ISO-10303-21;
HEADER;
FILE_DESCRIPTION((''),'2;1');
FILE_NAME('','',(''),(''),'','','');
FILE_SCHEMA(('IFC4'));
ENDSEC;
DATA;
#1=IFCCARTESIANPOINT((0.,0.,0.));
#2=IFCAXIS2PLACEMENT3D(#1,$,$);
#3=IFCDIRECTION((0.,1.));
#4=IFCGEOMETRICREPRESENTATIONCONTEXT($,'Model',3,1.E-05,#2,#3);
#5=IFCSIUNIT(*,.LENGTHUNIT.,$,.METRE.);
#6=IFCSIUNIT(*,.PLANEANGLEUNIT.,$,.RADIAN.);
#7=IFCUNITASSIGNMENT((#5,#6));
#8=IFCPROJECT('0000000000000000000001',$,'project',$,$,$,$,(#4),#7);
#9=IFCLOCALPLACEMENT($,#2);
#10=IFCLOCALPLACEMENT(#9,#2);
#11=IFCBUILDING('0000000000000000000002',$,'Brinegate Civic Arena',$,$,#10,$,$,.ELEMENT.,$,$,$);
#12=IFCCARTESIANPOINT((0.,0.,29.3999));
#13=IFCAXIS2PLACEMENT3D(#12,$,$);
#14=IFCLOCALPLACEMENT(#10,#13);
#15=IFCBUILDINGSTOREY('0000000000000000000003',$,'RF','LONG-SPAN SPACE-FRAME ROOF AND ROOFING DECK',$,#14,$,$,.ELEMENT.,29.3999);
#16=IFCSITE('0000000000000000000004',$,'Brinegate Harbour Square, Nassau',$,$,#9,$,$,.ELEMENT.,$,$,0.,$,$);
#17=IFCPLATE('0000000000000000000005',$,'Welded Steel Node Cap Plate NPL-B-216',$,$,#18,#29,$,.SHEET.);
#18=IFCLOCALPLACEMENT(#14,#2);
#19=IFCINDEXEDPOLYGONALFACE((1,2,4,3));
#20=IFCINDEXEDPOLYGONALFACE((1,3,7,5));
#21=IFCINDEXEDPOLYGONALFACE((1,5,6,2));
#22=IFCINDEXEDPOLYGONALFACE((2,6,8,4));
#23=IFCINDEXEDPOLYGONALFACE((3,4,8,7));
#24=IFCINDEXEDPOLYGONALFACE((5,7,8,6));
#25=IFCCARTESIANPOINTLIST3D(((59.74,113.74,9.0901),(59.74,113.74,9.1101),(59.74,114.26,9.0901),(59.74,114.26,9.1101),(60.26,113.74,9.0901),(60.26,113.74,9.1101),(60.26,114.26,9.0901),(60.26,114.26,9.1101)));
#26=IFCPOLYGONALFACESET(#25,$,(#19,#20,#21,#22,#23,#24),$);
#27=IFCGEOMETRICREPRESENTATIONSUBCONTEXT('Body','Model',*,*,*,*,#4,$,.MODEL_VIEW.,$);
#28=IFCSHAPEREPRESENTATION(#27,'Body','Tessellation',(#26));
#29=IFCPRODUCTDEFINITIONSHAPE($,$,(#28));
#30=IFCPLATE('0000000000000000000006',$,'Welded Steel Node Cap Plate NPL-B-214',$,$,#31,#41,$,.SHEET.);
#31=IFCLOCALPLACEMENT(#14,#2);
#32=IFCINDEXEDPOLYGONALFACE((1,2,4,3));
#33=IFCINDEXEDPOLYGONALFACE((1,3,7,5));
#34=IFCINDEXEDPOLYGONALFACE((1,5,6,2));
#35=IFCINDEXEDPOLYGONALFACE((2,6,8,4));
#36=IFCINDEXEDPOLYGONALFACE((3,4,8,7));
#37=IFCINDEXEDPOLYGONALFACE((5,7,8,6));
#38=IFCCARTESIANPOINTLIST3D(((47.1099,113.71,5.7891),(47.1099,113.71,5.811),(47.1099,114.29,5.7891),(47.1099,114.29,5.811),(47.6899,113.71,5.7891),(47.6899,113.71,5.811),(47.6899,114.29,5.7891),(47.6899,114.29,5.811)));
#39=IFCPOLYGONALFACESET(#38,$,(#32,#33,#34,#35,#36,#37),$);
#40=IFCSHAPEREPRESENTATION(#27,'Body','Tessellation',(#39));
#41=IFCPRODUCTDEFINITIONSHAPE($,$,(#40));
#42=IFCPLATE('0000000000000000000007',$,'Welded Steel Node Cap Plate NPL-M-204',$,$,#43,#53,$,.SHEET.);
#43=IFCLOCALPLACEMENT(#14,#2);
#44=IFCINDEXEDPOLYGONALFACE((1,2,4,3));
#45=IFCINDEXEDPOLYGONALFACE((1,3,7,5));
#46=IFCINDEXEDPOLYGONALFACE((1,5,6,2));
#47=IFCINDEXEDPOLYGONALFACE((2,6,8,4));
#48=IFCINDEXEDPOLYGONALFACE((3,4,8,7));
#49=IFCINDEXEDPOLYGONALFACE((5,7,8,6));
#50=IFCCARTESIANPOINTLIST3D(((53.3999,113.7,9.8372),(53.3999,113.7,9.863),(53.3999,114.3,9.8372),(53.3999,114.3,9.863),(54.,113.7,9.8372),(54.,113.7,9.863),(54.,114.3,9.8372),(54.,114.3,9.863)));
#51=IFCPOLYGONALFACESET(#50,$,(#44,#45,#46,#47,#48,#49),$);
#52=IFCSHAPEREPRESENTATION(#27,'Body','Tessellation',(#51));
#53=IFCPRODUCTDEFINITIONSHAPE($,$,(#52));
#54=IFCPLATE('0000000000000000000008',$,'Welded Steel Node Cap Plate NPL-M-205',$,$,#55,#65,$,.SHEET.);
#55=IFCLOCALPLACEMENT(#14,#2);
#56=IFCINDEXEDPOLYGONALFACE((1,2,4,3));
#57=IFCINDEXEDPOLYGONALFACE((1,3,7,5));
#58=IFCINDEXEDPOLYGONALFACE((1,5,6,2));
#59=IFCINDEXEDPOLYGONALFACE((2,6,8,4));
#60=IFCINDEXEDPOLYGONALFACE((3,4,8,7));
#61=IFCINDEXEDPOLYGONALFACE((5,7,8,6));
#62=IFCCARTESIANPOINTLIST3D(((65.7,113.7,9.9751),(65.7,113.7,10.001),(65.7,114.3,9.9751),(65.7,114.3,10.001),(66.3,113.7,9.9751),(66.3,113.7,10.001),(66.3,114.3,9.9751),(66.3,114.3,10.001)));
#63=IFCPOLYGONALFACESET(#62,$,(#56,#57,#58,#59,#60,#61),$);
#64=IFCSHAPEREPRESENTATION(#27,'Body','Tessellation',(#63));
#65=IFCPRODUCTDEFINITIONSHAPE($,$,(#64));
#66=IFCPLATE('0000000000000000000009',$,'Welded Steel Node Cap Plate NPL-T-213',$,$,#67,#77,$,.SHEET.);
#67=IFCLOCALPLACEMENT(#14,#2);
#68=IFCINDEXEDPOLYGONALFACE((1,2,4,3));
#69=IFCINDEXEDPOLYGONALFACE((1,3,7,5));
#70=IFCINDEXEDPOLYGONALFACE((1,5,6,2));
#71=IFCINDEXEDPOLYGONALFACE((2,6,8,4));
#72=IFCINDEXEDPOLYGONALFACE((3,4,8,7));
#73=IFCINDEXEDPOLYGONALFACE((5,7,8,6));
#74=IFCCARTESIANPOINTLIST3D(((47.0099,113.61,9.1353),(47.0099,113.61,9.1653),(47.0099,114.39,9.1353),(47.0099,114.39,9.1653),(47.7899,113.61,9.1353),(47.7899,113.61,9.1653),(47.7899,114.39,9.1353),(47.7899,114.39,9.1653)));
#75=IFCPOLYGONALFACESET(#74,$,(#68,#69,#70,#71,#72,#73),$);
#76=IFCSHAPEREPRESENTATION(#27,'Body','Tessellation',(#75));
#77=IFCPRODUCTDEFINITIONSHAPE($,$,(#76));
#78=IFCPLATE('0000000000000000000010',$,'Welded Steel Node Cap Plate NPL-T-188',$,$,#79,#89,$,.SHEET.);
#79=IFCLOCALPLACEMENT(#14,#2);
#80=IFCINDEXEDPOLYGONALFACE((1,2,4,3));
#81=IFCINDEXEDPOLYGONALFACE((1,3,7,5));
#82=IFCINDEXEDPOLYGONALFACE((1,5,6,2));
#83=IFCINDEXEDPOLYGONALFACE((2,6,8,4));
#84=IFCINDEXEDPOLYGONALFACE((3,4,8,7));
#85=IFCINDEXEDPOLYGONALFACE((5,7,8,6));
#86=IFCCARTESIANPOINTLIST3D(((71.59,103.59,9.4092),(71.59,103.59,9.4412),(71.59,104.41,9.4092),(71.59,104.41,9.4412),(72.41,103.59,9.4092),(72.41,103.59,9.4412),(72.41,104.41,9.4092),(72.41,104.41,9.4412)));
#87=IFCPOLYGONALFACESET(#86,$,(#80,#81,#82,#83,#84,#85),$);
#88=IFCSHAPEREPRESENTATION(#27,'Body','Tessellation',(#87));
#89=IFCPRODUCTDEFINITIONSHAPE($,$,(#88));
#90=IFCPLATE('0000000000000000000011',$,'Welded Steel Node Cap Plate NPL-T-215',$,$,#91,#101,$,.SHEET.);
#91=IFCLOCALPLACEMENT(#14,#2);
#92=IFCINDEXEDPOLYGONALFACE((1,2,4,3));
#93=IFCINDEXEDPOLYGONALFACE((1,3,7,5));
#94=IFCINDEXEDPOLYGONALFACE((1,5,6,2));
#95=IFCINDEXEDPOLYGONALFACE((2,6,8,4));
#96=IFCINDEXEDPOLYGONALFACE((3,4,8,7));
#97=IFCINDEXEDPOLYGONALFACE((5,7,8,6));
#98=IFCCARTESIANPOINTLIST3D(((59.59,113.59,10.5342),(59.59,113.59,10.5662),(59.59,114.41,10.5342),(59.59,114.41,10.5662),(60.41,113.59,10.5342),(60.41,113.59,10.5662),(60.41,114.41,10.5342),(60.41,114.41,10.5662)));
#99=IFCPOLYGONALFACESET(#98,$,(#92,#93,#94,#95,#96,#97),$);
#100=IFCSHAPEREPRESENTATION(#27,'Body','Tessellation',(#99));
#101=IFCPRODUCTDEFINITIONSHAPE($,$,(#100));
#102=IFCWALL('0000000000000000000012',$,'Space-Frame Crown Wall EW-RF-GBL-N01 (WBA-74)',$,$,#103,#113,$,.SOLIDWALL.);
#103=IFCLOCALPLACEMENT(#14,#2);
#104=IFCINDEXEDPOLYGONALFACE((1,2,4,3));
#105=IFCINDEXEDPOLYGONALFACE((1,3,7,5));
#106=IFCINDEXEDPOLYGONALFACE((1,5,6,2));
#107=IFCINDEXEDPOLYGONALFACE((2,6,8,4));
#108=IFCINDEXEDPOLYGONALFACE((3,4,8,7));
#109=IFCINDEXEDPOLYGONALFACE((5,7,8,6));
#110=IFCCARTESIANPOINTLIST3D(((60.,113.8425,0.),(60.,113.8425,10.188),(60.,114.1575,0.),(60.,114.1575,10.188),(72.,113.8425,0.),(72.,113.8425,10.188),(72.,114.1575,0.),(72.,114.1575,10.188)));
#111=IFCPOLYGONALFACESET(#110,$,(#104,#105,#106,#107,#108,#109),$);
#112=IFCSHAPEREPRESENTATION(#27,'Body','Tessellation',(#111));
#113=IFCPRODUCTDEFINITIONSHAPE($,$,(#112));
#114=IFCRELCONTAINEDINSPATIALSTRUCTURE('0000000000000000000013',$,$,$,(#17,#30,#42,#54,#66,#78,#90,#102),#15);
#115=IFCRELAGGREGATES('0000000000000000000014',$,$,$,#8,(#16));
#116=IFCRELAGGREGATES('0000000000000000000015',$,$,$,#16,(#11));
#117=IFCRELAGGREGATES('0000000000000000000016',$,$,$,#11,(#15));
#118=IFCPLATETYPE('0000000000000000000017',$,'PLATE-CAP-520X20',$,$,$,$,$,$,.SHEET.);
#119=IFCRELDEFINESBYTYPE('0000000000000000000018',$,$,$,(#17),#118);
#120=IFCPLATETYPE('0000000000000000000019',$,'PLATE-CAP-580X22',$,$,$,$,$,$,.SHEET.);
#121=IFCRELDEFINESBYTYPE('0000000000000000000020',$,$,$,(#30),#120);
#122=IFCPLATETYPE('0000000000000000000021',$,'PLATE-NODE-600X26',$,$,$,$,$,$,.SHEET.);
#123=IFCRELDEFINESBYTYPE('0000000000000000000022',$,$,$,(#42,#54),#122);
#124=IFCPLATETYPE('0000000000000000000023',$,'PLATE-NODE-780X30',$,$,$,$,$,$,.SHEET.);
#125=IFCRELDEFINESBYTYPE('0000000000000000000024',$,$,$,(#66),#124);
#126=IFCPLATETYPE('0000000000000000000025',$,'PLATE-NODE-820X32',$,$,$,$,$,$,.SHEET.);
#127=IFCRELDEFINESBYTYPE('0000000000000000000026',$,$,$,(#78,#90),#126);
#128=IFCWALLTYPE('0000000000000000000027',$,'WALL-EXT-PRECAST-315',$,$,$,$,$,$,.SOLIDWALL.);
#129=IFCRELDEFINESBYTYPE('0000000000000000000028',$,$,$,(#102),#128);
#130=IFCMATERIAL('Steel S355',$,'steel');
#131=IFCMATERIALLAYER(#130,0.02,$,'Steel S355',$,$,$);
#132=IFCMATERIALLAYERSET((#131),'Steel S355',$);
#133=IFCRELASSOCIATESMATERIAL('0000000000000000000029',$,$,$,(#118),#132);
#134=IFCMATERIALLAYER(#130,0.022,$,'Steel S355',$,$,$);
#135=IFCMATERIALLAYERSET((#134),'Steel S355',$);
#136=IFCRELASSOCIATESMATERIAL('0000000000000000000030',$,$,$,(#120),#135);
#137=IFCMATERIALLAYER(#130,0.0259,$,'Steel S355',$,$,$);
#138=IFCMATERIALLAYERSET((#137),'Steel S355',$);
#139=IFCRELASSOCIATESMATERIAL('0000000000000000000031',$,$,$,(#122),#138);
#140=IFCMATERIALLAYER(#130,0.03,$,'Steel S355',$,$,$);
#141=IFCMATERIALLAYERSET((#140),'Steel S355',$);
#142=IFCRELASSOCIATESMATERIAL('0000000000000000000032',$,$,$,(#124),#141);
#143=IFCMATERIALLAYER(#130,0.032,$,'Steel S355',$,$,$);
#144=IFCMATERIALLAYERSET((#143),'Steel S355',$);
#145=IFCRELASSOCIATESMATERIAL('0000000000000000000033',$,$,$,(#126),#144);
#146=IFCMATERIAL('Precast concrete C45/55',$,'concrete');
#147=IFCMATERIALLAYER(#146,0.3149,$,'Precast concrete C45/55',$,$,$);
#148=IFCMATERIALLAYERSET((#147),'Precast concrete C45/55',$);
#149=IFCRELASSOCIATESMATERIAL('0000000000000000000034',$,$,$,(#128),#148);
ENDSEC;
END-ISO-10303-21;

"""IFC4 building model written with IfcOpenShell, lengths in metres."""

from ifc_helpers import new_model, si_unit, direction, frame, frame_2d, origin, origin_2d, place, context, subcontext, project, spatial, rectangle, extrude, material, layer, layer_set, type_object, element, save


model = new_model("IFC4")

# Units and contexts
model_context = context("Model", 3, precision=1e-05, world=origin(), true_north=direction((0.0, 1.0)))
body_context = subcontext(model_context, "Body", "Model", "MODEL_VIEW")
ifc_project = project(units=[si_unit("LENGTHUNIT", "METRE"), si_unit("PLANEANGLEUNIT", "RADIAN")], contexts=[model_context])

# Site, building, storey
site_placement = place(None, origin())
site = spatial("IfcSite", under=ifc_project, at=site_placement, Name="Brinegate Harbour Square, Nassau", CompositionType="ELEMENT", RefElevation=0.0)
building_placement = place(site_placement, origin())
building = spatial("IfcBuilding", under=site, at=building_placement, Name="Brinegate Civic Arena", CompositionType="ELEMENT")
storey_placement = place(building_placement, frame((0.0, 0.0, 29.3999)))
storey = spatial("IfcBuildingStorey", under=building, at=storey_placement, Name="RF", Description="LONG-SPAN SPACE-FRAME ROOF AND ROOFING DECK", CompositionType="ELEMENT", Elevation=29.3999)

# Shared definitions
ifc_material_1 = material(Name="Steel S355", Category="steel")

# Plates
ifc_layer_1 = layer(ifc_material_1, 0.02, Name="Steel S355")
ifc_layer_set_1 = layer_set([ifc_layer_1], Name="Steel S355")
plate_type_1 = type_object("IfcPlateType", Name="PLATE-CAP-520X20", PredefinedType="SHEET", material=ifc_layer_set_1)
for number, where, z_axis, x_axis, name in (
    (1, (60.0, 114.0, 9.0901), (0.0, 0.0, 1.0), (1.0, 0.0, 0.0), "Welded Steel Node Cap Plate NPL-B-216"),
):
    element("IfcPlate", number, at=place(storey_placement, frame(where, z_axis=z_axis, x_axis=x_axis)), inside=storey, type_object=plate_type_1, Name=name, PredefinedType="SHEET", context=body_context, shape_type="SweptSolid", body=[
        extrude(rectangle(XDim=0.52, YDim=0.52, at=origin_2d()), origin(), (0.0, 0.0, 1.0), 0.02),
    ])
ifc_layer_2 = layer(ifc_material_1, 0.022, Name="Steel S355")
ifc_layer_set_2 = layer_set([ifc_layer_2], Name="Steel S355")
plate_type_2 = type_object("IfcPlateType", Name="PLATE-CAP-580X22", PredefinedType="SHEET", material=ifc_layer_set_2)
plate_1_placement = place(storey_placement, frame((47.3999, 114.0, 5.7891), z_axis=(0.0, 0.0, 1.0), x_axis=(1.0, 0.0, 0.0)))
element("IfcPlate", 2, at=plate_1_placement, inside=storey, type_object=plate_type_2, Name="Welded Steel Node Cap Plate NPL-B-214", PredefinedType="SHEET", context=body_context, shape_type="SweptSolid", body=[
    extrude(rectangle(XDim=0.5801, YDim=0.5801, at=origin_2d()), origin(), (0.0, 0.0, 1.0), 0.022),
])
ifc_layer_3 = layer(ifc_material_1, 0.0259, Name="Steel S355")
ifc_layer_set_3 = layer_set([ifc_layer_3], Name="Steel S355")
plate_type_3 = type_object("IfcPlateType", Name="PLATE-NODE-600X26", PredefinedType="SHEET", material=ifc_layer_set_3)
for number, where, z_axis, x_axis, name in (
    (3, (53.7, 114.0, 9.8372), (0.0, 0.0, 1.0), (1.0, 0.0, 0.0), "Welded Steel Node Cap Plate NPL-M-204"),
    (4, (66.0, 114.0, 9.9751), (0.0, 0.0, 1.0), (1.0, 0.0, 0.0), "Welded Steel Node Cap Plate NPL-M-205"),
):
    element("IfcPlate", number, at=place(storey_placement, frame(where, z_axis=z_axis, x_axis=x_axis)), inside=storey, type_object=plate_type_3, Name=name, PredefinedType="SHEET", context=body_context, shape_type="SweptSolid", body=[
        extrude(rectangle(XDim=0.6001, YDim=0.6001, at=origin_2d()), origin(), (0.0, 0.0, 1.0), 0.0259),
    ])
ifc_layer_4 = layer(ifc_material_1, 0.03, Name="Steel S355")
ifc_layer_set_4 = layer_set([ifc_layer_4], Name="Steel S355")
plate_type_4 = type_object("IfcPlateType", Name="PLATE-NODE-780X30", PredefinedType="SHEET", material=ifc_layer_set_4)
plate_2_placement = place(storey_placement, frame((47.3999, 114.0, 9.1353), z_axis=(0.0, 0.0, 1.0), x_axis=(1.0, 0.0, 0.0)))
element("IfcPlate", 5, at=plate_2_placement, inside=storey, type_object=plate_type_4, Name="Welded Steel Node Cap Plate NPL-T-213", PredefinedType="SHEET", context=body_context, shape_type="SweptSolid", body=[
    extrude(rectangle(XDim=0.78, YDim=0.78, at=origin_2d()), origin(), (0.0, 0.0, 1.0), 0.03),
])
ifc_layer_5 = layer(ifc_material_1, 0.032, Name="Steel S355")
ifc_layer_set_5 = layer_set([ifc_layer_5], Name="Steel S355")
plate_type_5 = type_object("IfcPlateType", Name="PLATE-NODE-820X32", PredefinedType="SHEET", material=ifc_layer_set_5)
for number, where, z_axis, x_axis, name in (
    (6, (72.0, 104.0, 9.4092), (0.0, 0.0, 1.0), (1.0, 0.0, 0.0), "Welded Steel Node Cap Plate NPL-T-188"),
    (7, (60.0, 114.0, 10.5342), (0.0, 0.0, 1.0), (1.0, 0.0, 0.0), "Welded Steel Node Cap Plate NPL-T-215"),
):
    element("IfcPlate", number, at=place(storey_placement, frame(where, z_axis=z_axis, x_axis=x_axis)), inside=storey, type_object=plate_type_5, Name=name, PredefinedType="SHEET", context=body_context, shape_type="SweptSolid", body=[
        extrude(rectangle(XDim=0.8201, YDim=0.8201, at=origin_2d()), origin(), (0.0, 0.0, 1.0), 0.032),
    ])

# Wall
ifc_material_2 = material(Name="Precast concrete C45/55", Category="concrete")
ifc_layer_6 = layer(ifc_material_2, 0.3149, Name="Precast concrete C45/55")
ifc_layer_set_6 = layer_set([ifc_layer_6], Name="Precast concrete C45/55")
wall_type = type_object("IfcWallType", Name="WALL-EXT-PRECAST-315", PredefinedType="SOLIDWALL", material=ifc_layer_set_6)
wall_placement = place(storey_placement, frame((60.0, 114.0, 0.0), z_axis=(0.0, 0.0, 1.0), x_axis=(1.0, 0.0, 0.0)))
element("IfcWall", 8, at=wall_placement, inside=storey, type_object=wall_type, Name="Space-Frame Crown Wall EW-RF-GBL-N01 (WBA-74)", PredefinedType="SOLIDWALL", context=body_context, shape_type="SweptSolid", body=[
    extrude(rectangle(XDim=12.0, YDim=0.3149, at=frame_2d((6.0, 0.0))), origin(), (0.0, 0.0, 1.0), 10.188),
])

save(model, "model.ifc")
